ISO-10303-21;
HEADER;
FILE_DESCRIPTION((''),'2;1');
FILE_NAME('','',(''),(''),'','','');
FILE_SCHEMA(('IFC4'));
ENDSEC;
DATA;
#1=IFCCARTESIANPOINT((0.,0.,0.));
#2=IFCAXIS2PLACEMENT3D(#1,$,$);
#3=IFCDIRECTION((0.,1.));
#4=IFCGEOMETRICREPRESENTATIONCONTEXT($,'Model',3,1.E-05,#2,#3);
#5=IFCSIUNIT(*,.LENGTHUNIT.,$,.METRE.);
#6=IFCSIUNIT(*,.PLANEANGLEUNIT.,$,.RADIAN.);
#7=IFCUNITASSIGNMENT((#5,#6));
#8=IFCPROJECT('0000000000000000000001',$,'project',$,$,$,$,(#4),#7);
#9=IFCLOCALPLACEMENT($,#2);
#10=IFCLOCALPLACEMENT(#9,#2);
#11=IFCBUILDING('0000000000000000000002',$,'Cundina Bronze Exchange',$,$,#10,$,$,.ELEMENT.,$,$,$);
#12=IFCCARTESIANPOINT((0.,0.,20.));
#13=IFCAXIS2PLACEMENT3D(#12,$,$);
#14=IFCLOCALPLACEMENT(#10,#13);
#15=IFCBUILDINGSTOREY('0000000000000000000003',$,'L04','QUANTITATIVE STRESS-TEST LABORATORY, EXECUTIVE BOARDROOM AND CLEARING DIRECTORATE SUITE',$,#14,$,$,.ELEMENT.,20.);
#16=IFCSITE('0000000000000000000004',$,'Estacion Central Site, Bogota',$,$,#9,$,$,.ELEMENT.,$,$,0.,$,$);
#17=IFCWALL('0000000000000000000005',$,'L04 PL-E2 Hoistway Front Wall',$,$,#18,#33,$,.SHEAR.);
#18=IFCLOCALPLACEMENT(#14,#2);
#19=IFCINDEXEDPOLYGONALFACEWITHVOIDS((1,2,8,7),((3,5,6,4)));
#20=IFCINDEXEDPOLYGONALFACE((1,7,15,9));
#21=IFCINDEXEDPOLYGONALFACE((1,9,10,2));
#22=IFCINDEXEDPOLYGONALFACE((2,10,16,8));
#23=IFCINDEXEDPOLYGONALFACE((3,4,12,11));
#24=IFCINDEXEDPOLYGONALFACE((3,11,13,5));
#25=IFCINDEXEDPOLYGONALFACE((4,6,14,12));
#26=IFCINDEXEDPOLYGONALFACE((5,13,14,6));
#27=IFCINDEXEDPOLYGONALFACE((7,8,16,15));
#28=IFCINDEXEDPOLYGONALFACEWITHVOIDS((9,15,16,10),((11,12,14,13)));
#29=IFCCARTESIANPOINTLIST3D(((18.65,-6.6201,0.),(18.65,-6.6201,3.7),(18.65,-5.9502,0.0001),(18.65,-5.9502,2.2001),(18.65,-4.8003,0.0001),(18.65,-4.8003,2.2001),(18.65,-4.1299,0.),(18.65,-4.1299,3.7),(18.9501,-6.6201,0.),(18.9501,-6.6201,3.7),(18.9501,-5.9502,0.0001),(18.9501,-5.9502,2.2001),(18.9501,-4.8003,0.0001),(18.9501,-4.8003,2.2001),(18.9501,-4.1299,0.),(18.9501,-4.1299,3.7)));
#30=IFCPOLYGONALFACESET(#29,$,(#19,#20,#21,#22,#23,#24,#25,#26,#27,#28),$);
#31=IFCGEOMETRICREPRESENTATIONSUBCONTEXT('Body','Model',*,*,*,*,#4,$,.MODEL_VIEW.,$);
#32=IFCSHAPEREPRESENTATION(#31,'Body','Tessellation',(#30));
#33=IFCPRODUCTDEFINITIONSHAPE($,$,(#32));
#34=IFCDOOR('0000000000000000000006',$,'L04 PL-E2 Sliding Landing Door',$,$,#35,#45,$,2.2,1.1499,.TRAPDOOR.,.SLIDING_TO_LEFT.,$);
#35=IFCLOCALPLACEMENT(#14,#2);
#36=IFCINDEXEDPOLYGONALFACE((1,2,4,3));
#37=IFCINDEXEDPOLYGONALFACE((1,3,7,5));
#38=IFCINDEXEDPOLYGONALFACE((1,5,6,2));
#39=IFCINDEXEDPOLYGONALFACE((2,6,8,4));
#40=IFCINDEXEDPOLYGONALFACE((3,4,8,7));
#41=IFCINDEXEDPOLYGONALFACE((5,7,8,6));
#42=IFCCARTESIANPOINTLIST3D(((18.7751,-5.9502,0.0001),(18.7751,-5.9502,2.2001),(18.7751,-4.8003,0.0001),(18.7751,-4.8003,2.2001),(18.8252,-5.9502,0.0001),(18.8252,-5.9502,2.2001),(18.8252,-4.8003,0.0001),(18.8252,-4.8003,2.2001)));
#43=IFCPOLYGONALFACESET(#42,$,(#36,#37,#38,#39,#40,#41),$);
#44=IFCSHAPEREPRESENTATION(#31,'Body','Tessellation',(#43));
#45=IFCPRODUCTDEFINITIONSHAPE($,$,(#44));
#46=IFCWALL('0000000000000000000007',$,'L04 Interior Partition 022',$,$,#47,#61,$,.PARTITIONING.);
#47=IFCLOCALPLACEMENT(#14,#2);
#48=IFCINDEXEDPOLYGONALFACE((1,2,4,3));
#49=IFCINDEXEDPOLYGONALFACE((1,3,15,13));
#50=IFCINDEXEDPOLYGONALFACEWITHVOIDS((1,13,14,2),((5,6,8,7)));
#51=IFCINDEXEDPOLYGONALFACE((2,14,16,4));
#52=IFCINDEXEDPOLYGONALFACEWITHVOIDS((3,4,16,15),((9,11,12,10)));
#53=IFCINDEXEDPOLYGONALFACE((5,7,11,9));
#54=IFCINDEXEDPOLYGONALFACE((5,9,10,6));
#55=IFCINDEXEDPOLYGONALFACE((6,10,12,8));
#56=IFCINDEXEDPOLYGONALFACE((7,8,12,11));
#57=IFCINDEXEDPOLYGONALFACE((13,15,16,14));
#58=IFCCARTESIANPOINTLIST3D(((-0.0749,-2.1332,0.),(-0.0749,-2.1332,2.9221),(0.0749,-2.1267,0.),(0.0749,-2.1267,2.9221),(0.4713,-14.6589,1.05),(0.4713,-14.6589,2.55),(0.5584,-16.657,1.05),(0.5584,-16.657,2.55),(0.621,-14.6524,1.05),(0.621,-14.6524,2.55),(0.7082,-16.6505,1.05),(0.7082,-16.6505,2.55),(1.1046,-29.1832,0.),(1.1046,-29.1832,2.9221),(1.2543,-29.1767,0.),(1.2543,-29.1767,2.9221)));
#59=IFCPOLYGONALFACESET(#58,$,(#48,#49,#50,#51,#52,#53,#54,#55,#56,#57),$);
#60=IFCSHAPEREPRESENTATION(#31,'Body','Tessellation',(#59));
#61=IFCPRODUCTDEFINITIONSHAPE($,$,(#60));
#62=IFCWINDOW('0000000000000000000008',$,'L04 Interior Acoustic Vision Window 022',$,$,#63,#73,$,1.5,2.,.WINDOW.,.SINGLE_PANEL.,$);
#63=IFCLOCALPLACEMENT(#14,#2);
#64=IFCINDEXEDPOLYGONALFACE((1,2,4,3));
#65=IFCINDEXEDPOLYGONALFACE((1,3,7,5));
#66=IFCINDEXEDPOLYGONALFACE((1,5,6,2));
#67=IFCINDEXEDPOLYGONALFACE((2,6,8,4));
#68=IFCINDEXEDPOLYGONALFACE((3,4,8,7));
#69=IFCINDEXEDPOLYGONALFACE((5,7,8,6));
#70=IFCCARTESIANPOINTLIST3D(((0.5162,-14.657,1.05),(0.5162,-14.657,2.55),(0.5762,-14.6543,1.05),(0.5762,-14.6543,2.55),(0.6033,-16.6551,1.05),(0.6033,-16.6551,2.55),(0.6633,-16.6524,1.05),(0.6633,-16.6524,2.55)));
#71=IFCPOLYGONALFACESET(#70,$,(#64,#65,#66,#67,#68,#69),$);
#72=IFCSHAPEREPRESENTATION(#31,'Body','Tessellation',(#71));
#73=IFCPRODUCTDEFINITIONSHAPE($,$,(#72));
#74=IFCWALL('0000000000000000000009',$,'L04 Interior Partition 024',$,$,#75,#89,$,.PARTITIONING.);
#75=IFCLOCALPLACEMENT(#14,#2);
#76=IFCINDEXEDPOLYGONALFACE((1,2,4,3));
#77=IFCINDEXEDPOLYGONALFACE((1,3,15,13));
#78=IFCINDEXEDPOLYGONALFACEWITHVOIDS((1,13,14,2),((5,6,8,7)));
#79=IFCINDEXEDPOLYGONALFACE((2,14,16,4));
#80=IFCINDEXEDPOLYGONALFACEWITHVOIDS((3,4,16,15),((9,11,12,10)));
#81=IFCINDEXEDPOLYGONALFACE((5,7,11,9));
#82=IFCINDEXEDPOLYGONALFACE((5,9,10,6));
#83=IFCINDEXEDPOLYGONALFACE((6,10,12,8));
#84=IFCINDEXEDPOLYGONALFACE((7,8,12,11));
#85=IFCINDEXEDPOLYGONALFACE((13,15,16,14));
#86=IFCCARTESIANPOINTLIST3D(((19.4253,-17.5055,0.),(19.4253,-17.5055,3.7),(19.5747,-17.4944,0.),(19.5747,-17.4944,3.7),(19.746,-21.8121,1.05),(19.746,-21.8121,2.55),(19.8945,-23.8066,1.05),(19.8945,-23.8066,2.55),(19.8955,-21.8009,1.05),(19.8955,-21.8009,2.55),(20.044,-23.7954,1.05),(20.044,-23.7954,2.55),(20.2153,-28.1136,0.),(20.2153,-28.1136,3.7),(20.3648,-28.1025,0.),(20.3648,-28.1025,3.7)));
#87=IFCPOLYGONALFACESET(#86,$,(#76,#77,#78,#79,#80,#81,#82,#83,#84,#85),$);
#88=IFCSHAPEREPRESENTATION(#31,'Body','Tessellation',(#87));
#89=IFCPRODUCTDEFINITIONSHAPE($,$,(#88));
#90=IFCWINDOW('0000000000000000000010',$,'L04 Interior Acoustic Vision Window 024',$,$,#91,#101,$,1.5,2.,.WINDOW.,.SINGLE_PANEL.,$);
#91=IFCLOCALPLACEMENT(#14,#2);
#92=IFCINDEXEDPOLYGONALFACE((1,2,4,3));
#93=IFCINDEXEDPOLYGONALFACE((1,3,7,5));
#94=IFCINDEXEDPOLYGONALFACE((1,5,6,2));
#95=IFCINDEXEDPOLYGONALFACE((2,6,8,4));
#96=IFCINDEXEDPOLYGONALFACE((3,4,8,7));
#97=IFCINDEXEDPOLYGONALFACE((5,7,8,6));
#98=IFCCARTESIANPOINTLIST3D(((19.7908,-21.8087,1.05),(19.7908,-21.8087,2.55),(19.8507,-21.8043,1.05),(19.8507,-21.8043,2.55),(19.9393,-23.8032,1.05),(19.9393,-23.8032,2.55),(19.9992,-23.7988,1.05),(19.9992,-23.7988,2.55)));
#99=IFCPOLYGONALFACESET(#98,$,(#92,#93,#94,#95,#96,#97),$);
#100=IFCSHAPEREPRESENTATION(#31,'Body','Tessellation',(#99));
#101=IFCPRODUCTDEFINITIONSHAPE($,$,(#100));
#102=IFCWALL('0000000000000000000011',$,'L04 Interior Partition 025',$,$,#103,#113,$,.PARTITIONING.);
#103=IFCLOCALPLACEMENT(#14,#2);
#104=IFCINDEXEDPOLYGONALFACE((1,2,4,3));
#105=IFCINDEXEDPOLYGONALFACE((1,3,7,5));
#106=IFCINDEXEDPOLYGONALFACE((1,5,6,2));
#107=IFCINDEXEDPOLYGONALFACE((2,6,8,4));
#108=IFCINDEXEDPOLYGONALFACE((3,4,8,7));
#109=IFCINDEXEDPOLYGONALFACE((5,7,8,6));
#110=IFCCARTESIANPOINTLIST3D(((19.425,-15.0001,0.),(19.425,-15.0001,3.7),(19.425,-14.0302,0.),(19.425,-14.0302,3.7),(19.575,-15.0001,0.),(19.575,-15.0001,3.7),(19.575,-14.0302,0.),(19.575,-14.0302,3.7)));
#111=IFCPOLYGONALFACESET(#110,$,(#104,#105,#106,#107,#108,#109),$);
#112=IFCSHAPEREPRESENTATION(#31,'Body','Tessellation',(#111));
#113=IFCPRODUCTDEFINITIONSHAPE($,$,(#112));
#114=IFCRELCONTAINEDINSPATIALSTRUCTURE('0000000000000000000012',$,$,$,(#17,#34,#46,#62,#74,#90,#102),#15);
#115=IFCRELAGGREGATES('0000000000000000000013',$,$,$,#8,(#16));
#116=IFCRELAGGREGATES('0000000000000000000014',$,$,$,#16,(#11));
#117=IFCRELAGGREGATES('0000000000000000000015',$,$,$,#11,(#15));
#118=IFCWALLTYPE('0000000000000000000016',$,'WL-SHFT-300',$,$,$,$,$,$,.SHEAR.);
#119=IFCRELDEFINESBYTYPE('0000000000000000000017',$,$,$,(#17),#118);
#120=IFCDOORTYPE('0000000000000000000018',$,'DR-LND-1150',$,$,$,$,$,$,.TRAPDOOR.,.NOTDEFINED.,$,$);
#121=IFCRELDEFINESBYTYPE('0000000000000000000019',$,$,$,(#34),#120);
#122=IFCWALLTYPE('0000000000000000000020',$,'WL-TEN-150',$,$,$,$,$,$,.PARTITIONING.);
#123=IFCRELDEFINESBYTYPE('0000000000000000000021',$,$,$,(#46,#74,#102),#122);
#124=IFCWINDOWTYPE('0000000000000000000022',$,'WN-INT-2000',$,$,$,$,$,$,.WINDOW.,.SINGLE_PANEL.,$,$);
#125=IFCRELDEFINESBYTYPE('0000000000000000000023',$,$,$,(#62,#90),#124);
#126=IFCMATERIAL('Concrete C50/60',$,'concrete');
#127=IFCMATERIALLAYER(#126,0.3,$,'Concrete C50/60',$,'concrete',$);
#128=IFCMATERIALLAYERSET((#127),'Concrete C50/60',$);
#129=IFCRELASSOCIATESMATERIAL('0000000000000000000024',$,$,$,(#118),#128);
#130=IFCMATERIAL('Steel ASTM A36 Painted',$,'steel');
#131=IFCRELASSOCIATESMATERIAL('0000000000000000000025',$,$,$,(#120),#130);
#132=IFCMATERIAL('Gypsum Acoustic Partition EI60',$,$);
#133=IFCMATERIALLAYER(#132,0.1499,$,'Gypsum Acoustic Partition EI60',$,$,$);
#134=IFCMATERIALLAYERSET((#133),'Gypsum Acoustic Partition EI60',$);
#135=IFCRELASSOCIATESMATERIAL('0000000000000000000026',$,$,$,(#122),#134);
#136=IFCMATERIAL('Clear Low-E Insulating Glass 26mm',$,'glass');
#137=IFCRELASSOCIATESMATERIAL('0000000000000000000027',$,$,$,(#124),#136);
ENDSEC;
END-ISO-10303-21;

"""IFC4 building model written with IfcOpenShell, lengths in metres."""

from ifc_helpers import new_model, si_unit, direction, frame, frame_2d, origin, place, context, subcontext, project, spatial, rectangle, extrude, material, layer, layer_set, type_object, element, fill, save


model = new_model("IFC4")

# Units and contexts
model_context = context("Model", 3, precision=1e-05, world=origin(), true_north=direction((0.0, 1.0)))
body_context = subcontext(model_context, "Body", "Model", "MODEL_VIEW")
ifc_project = project(units=[si_unit("LENGTHUNIT", "METRE"), si_unit("PLANEANGLEUNIT", "RADIAN")], contexts=[model_context])

# Site, building, storey
site_placement = place(None, origin())
site = spatial("IfcSite", under=ifc_project, at=site_placement, Name="Estacion Central Site, Bogota", CompositionType="ELEMENT", RefElevation=0.0)
building_placement = place(site_placement, origin())
building = spatial("IfcBuilding", under=site, at=building_placement, Name="Cundina Bronze Exchange", CompositionType="ELEMENT")
storey_placement = place(building_placement, frame((0.0, 0.0, 20.0)))
storey = spatial("IfcBuildingStorey", under=building, at=storey_placement, Name="L04", Description="QUANTITATIVE STRESS-TEST LABORATORY, EXECUTIVE BOARDROOM AND CLEARING DIRECTORATE SUITE", CompositionType="ELEMENT", Elevation=20.0)

# Shared definitions
ifc_material_1 = material(Name="Concrete C50/60", Category="concrete")

# Shared definitions
ifc_layer_1 = layer(ifc_material_1, 0.3, Name="Concrete C50/60", Category="concrete")
ifc_layer_set_1 = layer_set([ifc_layer_1], Name="Concrete C50/60")
wall_type_1 = type_object("IfcWallType", Name="WL-SHFT-300", PredefinedType="SHEAR", material=ifc_layer_set_1)

# Wall, opening, door
ifc_material_2 = material(Name="Steel ASTM A36 Painted", Category="steel")
door_type = type_object("IfcDoorType", Name="DR-LND-1150", OperationType="NOTDEFINED", PredefinedType="TRAPDOOR", material=ifc_material_2)
wall_1_placement = place(storey_placement, frame((18.8, -6.6201, 0.0), z_axis=(0.0, 0.0, 1.0), x_axis=(0.0, 1.0, 0.0)))
wall_1 = element("IfcWall", 1, at=wall_1_placement, inside=storey, type_object=wall_type_1, Name="L04 PL-E2 Hoistway Front Wall", PredefinedType="SHEAR", context=body_context, shape_type="SweptSolid", body=[
    extrude(rectangle(XDim=2.4902, YDim=0.3, at=frame_2d((1.2451, 0.0))), origin(), (0.0, 0.0, 1.0), 3.7),
])
opening_1_placement = place(wall_1_placement, frame((0.6699, 0.0, 0.0)))
opening_1 = element("IfcOpeningElement", 2, at=opening_1_placement, cuts=wall_1, PredefinedType="OPENING", context=body_context, shape_type="SweptSolid", body=[
    extrude(rectangle(XDim=1.1499, YDim=2.2, at=frame_2d((0.575, 1.1001))), frame((0.0, 0.1599, 0.0), z_axis=(0.0, -1.0, 0.0), x_axis=(1.0, 0.0, 0.0)), (0.0, 0.0, 1.0), 0.3201),
])
door_1_placement = place(opening_1_placement, origin())
door_1 = element("IfcDoor", 3, at=door_1_placement, inside=storey, type_object=door_type, Name="L04 PL-E2 Sliding Landing Door", OperationType="SLIDING_TO_LEFT", OverallHeight=2.2, OverallWidth=1.1499, PredefinedType="TRAPDOOR", context=body_context, shape_type="SweptSolid", body=[
    extrude(rectangle(XDim=1.1499, YDim=2.2, at=frame_2d((0.575, 1.1001))), frame((0.0, 0.0249, 0.0), z_axis=(0.0, -1.0, 0.0), x_axis=(1.0, 0.0, 0.0)), (0.0, 0.0, 1.0), 0.05),
])
fill(opening_1, door_1)

# Walls, openings, windows
ifc_material_3 = material(Name="Gypsum Acoustic Partition EI60")
ifc_layer_2 = layer(ifc_material_3, 0.1499, Name="Gypsum Acoustic Partition EI60")
ifc_layer_set_2 = layer_set([ifc_layer_2], Name="Gypsum Acoustic Partition EI60")
wall_type_2 = type_object("IfcWallType", Name="WL-TEN-150", PredefinedType="PARTITIONING", material=ifc_layer_set_2)
wall_2_placement = place(storey_placement, frame((1.1794, -29.1799, 0.0), z_axis=(0.0, 0.0, 1.0), x_axis=(-0.043561, 0.999051, 0.0)))
wall_2 = element("IfcWall", 4, at=wall_2_placement, inside=storey, type_object=wall_type_2, Name="L04 Interior Partition 022", PredefinedType="PARTITIONING", context=body_context, shape_type="SweptSolid", body=[
    extrude(rectangle(XDim=27.0757, YDim=0.1499, at=frame_2d((13.5378, 0.0))), origin(), (0.0, 0.0, 1.0), 2.9221),
])
opening_2_placement = place(wall_2_placement, frame((12.5381, 0.0, 1.05)))
opening_2 = element("IfcOpeningElement", 5, at=opening_2_placement, cuts=wall_2, PredefinedType="OPENING", context=body_context, shape_type="SweptSolid", body=[
    extrude(rectangle(XDim=2.0, YDim=1.5, at=frame_2d((1.0, 0.75))), frame((0.0, 0.085, 0.0), z_axis=(0.0, -1.0, 0.0), x_axis=(1.0, 0.0, 0.0)), (0.0, 0.0, 1.0), 0.1699),
])
ifc_material_4 = material(Name="Clear Low-E Insulating Glass 26mm", Category="glass")
window_type_1 = type_object("IfcWindowType", Name="WN-INT-2000", PartitioningType="SINGLE_PANEL", PredefinedType="WINDOW", material=ifc_material_4)
window_1_placement = place(opening_2_placement, origin())
window_1 = element("IfcWindow", 6, at=window_1_placement, inside=storey, type_object=window_type_1, Name="L04 Interior Acoustic Vision Window 022", OverallHeight=1.5, OverallWidth=2.0, PartitioningType="SINGLE_PANEL", PredefinedType="WINDOW", context=body_context, shape_type="SweptSolid", body=[
    extrude(rectangle(XDim=2.0, YDim=1.5, at=frame_2d((1.0, 0.75))), frame((0.0, 0.03, 0.0), z_axis=(0.0, -1.0, 0.0), x_axis=(1.0, 0.0, 0.0)), (0.0, 0.0, 1.0), 0.0601),
])
fill(opening_2, window_1)
wall_3_placement = place(storey_placement, frame((20.29, -28.1082, 0.0), z_axis=(0.0, 0.0, 1.0), x_axis=(-0.074269, 0.997238, 0.0)))
wall_3 = element("IfcWall", 7, at=wall_3_placement, inside=storey, type_object=wall_type_2, Name="L04 Interior Partition 024", PredefinedType="PARTITIONING", context=body_context, shape_type="SweptSolid", body=[
    extrude(rectangle(XDim=10.6375, YDim=0.1499, at=frame_2d((5.3188, 0.0))), origin(), (0.0, 0.0, 1.0), 3.7),
])
opening_3_placement = place(wall_3_placement, frame((4.3191, 0.0, 1.05)))
opening_3 = element("IfcOpeningElement", 8, at=opening_3_placement, cuts=wall_3, PredefinedType="OPENING", context=body_context, shape_type="SweptSolid", body=[
    extrude(rectangle(XDim=2.0, YDim=1.5, at=frame_2d((1.0, 0.75))), frame((0.0, 0.085, 0.0), z_axis=(0.0, -1.0, 0.0), x_axis=(1.0, 0.0, 0.0)), (0.0, 0.0, 1.0), 0.1699),
])
window_2_placement = place(opening_3_placement, origin())
window_2 = element("IfcWindow", 9, at=window_2_placement, inside=storey, type_object=window_type_1, Name="L04 Interior Acoustic Vision Window 024", OverallHeight=1.5, OverallWidth=2.0, PartitioningType="SINGLE_PANEL", PredefinedType="WINDOW", context=body_context, shape_type="SweptSolid", body=[
    extrude(rectangle(XDim=2.0, YDim=1.5, at=frame_2d((1.0, 0.75))), frame((0.0, 0.03, 0.0), z_axis=(0.0, -1.0, 0.0), x_axis=(1.0, 0.0, 0.0)), (0.0, 0.0, 1.0), 0.0601),
])
fill(opening_3, window_2)

# Wall
wall_4_placement = place(storey_placement, frame((19.5, -15.0, 0.0), z_axis=(0.0, 0.0, 1.0), x_axis=(0.0, 1.0, 0.0)))
element("IfcWall", 10, at=wall_4_placement, inside=storey, type_object=wall_type_2, Name="L04 Interior Partition 025", PredefinedType="PARTITIONING", context=body_context, shape_type="SweptSolid", body=[
    extrude(rectangle(XDim=0.97, YDim=0.1499, at=frame_2d((0.4849, 0.0))), origin(), (0.0, 0.0, 1.0), 3.7),
])

save(model, "model.ifc")
